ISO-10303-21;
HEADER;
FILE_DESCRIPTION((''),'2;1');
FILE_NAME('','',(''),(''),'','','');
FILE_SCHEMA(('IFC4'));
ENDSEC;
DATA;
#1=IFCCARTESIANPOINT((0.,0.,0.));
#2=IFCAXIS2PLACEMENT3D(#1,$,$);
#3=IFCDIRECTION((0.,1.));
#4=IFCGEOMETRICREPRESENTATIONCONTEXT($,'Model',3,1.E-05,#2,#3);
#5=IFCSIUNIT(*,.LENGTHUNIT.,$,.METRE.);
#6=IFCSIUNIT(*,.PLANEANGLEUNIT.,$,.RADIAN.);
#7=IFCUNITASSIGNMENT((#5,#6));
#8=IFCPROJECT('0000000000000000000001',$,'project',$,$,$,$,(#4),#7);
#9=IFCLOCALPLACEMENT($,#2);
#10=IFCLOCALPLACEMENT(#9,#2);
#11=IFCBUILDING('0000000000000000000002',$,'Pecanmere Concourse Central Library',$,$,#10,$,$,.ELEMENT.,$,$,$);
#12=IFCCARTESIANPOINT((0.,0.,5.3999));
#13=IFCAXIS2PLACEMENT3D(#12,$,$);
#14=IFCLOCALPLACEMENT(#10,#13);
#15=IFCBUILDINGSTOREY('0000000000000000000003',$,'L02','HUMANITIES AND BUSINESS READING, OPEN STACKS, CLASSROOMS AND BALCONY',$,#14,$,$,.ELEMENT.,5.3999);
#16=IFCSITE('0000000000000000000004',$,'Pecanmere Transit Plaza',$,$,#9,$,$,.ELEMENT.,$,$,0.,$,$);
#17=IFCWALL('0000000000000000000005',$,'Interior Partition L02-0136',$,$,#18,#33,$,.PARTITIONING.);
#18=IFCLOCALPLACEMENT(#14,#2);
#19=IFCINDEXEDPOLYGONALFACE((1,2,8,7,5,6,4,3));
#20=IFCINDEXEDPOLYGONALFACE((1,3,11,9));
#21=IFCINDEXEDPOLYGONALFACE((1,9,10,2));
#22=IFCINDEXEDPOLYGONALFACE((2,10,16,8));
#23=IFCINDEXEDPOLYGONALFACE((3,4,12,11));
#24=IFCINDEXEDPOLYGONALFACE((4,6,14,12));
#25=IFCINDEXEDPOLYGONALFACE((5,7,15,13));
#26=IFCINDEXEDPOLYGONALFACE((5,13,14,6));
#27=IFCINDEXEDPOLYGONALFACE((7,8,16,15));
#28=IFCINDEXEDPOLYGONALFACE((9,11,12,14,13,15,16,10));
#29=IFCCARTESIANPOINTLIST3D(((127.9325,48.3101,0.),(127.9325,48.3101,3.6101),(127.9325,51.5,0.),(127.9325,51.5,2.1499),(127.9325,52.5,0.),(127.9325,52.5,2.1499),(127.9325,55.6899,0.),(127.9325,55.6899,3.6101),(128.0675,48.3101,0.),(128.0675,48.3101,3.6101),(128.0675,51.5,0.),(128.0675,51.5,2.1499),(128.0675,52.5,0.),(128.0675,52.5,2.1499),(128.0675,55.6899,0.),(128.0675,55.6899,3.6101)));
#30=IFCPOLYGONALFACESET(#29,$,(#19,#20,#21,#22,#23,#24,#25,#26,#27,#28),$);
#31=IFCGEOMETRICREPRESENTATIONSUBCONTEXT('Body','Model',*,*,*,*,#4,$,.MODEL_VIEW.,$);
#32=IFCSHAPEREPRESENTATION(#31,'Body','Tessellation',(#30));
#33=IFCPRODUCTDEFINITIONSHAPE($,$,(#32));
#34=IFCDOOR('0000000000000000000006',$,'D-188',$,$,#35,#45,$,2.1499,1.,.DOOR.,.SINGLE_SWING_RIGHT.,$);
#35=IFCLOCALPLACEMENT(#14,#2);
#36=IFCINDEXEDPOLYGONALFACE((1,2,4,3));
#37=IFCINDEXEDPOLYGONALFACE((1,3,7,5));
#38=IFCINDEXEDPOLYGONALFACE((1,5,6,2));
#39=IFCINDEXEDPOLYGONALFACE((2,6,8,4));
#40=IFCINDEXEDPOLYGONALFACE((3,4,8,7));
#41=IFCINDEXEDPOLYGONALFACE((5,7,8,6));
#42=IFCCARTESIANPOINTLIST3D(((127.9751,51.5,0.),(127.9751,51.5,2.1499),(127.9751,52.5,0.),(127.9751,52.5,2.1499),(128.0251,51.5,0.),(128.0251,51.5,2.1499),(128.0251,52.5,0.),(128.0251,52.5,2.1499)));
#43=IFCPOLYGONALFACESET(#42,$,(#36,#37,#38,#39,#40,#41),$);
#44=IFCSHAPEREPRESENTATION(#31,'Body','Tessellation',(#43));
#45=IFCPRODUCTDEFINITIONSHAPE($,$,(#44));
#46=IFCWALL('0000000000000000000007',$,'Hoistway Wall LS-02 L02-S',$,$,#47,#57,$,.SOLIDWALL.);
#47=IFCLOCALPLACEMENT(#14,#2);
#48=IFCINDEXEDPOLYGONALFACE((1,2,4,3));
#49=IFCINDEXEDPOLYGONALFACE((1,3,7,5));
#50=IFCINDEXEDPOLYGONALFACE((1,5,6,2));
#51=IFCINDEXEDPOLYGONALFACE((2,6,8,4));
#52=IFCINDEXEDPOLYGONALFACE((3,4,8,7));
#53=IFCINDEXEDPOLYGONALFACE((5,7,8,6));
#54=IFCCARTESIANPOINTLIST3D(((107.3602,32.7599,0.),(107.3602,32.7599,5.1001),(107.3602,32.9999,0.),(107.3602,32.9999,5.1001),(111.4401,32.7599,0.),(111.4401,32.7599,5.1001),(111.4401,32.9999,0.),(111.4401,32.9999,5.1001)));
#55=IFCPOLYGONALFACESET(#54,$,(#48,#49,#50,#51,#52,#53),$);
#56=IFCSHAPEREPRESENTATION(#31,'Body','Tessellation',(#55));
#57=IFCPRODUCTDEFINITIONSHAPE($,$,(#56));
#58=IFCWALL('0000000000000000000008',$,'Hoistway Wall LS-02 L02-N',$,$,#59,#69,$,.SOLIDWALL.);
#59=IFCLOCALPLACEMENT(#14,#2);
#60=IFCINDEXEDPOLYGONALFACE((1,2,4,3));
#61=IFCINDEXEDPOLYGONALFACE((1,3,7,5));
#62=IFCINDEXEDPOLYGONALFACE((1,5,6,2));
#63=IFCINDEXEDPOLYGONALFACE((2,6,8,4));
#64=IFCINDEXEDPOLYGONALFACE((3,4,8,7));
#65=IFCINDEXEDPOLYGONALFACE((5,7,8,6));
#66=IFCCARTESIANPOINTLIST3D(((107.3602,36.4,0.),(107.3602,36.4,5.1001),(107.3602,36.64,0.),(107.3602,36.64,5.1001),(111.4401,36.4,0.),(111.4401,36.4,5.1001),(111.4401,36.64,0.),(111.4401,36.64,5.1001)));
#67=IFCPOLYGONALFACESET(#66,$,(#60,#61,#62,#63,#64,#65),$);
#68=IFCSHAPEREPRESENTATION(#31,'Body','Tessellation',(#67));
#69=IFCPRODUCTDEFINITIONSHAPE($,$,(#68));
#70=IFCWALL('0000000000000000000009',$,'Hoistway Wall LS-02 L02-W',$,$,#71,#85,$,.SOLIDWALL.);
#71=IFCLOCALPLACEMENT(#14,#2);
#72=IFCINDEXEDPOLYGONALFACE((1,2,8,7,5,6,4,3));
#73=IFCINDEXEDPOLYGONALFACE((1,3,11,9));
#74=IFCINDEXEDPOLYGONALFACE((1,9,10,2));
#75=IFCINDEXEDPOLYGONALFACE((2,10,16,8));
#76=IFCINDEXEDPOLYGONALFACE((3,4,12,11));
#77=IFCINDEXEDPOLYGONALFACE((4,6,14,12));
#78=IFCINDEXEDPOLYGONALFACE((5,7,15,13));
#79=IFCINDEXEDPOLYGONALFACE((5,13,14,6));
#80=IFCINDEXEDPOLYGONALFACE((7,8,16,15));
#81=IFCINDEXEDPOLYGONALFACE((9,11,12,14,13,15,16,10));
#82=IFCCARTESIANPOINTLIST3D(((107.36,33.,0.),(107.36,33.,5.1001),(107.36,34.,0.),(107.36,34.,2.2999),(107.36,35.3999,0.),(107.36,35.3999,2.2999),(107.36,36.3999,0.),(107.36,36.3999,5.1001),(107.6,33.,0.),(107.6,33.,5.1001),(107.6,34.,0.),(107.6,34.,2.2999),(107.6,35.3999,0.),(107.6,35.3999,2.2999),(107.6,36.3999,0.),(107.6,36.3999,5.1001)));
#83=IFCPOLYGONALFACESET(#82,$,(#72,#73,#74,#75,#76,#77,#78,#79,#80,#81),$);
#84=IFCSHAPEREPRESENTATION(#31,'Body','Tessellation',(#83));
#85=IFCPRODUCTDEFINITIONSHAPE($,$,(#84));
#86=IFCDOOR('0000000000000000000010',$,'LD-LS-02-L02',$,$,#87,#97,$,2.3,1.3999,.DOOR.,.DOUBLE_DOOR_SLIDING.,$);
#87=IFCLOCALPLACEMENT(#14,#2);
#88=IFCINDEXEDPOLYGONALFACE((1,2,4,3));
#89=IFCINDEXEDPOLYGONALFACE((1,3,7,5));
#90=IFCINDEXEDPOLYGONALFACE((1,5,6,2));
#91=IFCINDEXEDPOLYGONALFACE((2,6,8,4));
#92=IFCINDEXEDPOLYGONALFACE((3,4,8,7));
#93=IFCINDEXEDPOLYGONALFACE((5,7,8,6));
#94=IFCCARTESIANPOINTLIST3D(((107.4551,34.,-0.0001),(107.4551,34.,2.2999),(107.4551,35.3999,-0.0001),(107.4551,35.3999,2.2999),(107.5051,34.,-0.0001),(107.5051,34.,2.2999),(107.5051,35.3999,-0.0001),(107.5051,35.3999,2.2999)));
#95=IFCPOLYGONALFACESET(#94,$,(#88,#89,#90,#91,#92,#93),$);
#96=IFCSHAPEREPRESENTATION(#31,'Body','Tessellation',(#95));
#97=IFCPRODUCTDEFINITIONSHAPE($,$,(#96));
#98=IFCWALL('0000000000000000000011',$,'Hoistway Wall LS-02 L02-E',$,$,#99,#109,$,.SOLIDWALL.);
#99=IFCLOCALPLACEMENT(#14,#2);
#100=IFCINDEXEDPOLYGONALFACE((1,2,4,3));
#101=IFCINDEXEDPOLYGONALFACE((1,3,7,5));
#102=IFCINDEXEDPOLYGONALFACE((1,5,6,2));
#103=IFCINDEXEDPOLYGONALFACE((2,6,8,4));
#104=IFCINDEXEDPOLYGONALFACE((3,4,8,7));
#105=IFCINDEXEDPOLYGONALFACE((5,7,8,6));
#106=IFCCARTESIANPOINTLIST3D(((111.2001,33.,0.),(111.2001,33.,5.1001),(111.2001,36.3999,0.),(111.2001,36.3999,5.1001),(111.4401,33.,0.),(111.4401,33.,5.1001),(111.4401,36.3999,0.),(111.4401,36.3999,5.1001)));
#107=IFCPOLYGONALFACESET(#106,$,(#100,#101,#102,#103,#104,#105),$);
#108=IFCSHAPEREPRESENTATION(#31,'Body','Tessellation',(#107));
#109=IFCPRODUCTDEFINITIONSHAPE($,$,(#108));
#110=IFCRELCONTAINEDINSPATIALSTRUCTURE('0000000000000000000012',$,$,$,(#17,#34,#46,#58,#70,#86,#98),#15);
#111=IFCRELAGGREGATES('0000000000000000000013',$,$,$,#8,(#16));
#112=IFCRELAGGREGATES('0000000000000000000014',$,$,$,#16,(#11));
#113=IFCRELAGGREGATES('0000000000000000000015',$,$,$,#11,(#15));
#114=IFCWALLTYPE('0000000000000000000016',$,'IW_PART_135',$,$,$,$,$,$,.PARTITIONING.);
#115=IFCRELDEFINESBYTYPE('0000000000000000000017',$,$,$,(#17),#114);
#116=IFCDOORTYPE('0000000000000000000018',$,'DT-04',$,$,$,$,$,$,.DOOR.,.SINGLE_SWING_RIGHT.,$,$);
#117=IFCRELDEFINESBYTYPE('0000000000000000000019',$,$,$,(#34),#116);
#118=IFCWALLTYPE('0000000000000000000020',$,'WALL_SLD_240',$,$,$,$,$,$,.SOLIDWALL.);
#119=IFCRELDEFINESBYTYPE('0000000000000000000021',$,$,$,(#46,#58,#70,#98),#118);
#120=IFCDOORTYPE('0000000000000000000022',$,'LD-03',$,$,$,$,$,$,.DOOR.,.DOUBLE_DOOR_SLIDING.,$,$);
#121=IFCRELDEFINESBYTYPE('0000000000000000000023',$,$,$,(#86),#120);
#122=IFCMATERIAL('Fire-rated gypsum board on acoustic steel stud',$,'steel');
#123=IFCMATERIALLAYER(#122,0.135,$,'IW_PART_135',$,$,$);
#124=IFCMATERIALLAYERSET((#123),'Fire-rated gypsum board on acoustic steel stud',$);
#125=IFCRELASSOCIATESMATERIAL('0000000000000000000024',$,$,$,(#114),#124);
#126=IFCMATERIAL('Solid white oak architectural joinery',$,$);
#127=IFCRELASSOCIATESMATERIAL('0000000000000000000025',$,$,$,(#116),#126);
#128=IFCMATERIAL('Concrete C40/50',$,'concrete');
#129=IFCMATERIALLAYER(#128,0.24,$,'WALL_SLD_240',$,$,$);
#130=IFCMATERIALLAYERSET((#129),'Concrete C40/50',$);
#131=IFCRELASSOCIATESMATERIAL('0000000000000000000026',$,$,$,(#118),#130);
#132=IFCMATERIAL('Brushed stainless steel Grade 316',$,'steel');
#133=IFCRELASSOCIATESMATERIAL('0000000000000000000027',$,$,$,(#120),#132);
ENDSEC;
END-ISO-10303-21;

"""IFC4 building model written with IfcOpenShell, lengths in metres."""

from ifc_helpers import new_model, si_unit, direction, frame, frame_2d, origin, place, context, subcontext, project, spatial, rectangle, extrude, material, layer, layer_set, type_object, element, fill, save


model = new_model("IFC4")

# Units and contexts
model_context = context("Model", 3, precision=1e-05, world=origin(), true_north=direction((0.0, 1.0)))
body_context = subcontext(model_context, "Body", "Model", "MODEL_VIEW")
ifc_project = project(units=[si_unit("LENGTHUNIT", "METRE"), si_unit("PLANEANGLEUNIT", "RADIAN")], contexts=[model_context])

# Site, building, storey
site_placement = place(None, origin())
site = spatial("IfcSite", under=ifc_project, at=site_placement, Name="Pecanmere Transit Plaza", CompositionType="ELEMENT", RefElevation=0.0)
building_placement = place(site_placement, origin())
building = spatial("IfcBuilding", under=site, at=building_placement, Name="Pecanmere Concourse Central Library", CompositionType="ELEMENT")
storey_placement = place(building_placement, frame((0.0, 0.0, 5.3999)))
storey = spatial("IfcBuildingStorey", under=building, at=storey_placement, Name="L02", Description="HUMANITIES AND BUSINESS READING, OPEN STACKS, CLASSROOMS AND BALCONY", CompositionType="ELEMENT", Elevation=5.3999)

# Wall, opening, door
ifc_material_1 = material(Name="Fire-rated gypsum board on acoustic steel stud", Category="steel")
ifc_layer_1 = layer(ifc_material_1, 0.135, Name="IW_PART_135")
ifc_layer_set_1 = layer_set([ifc_layer_1], Name="Fire-rated gypsum board on acoustic steel stud")
wall_type_1 = type_object("IfcWallType", Name="IW_PART_135", PredefinedType="PARTITIONING", material=ifc_layer_set_1)
wall_1_placement = place(storey_placement, frame((128.0, 48.3101, 0.0), z_axis=(0.0, 0.0, 1.0), x_axis=(0.0, 1.0, 0.0)))
wall_1 = element("IfcWall", 1, at=wall_1_placement, inside=storey, type_object=wall_type_1, Name="Interior Partition L02-0136", PredefinedType="PARTITIONING", context=body_context, shape_type="SweptSolid", body=[
    extrude(rectangle(XDim=7.3799, YDim=0.135, at=frame_2d((3.6899, 0.0))), origin(), (0.0, 0.0, 1.0), 3.6101),
])
opening_1_placement = place(wall_1_placement, frame((3.1899, 0.0, 0.0)))
opening_1 = element("IfcOpeningElement", 2, at=opening_1_placement, cuts=wall_1, PredefinedType="OPENING", context=body_context, shape_type="SweptSolid", body=[
    extrude(rectangle(XDim=1.0, YDim=2.1499, at=frame_2d((0.5, 1.075))), frame((0.0, 0.0796, 0.0), z_axis=(0.0, -1.0, 0.0), x_axis=(1.0, 0.0, 0.0)), (0.0, 0.0, 1.0), 0.1589),
])
ifc_material_2 = material(Name="Solid white oak architectural joinery")
door_type_1 = type_object("IfcDoorType", Name="DT-04", OperationType="SINGLE_SWING_RIGHT", PredefinedType="DOOR", material=ifc_material_2)
door_1_placement = place(opening_1_placement, origin())
door_1 = element("IfcDoor", 3, at=door_1_placement, inside=storey, type_object=door_type_1, Name="D-188", OperationType="SINGLE_SWING_RIGHT", OverallHeight=2.1499, OverallWidth=1.0, PredefinedType="DOOR", context=body_context, shape_type="SweptSolid", body=[
    extrude(rectangle(XDim=1.0, YDim=2.1499, at=frame_2d((0.5, 1.075))), frame((0.0, 0.0249, 0.0), z_axis=(0.0, -1.0, 0.0), x_axis=(1.0, 0.0, 0.0)), (0.0, 0.0, 1.0), 0.05),
])
fill(opening_1, door_1)

# Walls
ifc_material_3 = material(Name="Concrete C40/50", Category="concrete")
ifc_layer_2 = layer(ifc_material_3, 0.24, Name="WALL_SLD_240")
ifc_layer_set_2 = layer_set([ifc_layer_2], Name="Concrete C40/50")
wall_type_2 = type_object("IfcWallType", Name="WALL_SLD_240", PredefinedType="SOLIDWALL", material=ifc_layer_set_2)
for number, where, z_axis, x_axis, name in (
    (4, (107.3601, 32.8799, 0.0), (0.0, 0.0, 1.0), (1.0, 0.0, 0.0), "Hoistway Wall LS-02 L02-S"),
    (5, (107.3601, 36.52, 0.0), (0.0, 0.0, 1.0), (1.0, 0.0, 0.0), "Hoistway Wall LS-02 L02-N"),
):
    element("IfcWall", number, at=place(storey_placement, frame(where, z_axis=z_axis, x_axis=x_axis)), inside=storey, type_object=wall_type_2, Name=name, PredefinedType="SOLIDWALL", context=body_context, shape_type="SweptSolid", body=[
        extrude(rectangle(XDim=4.0798, YDim=0.24, at=frame_2d((2.04, 0.0))), origin(), (0.0, 0.0, 1.0), 5.1001),
    ])

# Wall, opening, door
wall_2_placement = place(storey_placement, frame((107.48, 33.0, 0.0), z_axis=(0.0, 0.0, 1.0), x_axis=(0.0, 1.0, 0.0)))
wall_2 = element("IfcWall", 6, at=wall_2_placement, inside=storey, type_object=wall_type_2, Name="Hoistway Wall LS-02 L02-W", PredefinedType="SOLIDWALL", context=body_context, shape_type="SweptSolid", body=[
    extrude(rectangle(XDim=3.3999, YDim=0.24, at=frame_2d((1.7, 0.0))), origin(), (0.0, 0.0, 1.0), 5.1001),
])
opening_2_placement = place(wall_2_placement, frame((1.0, 0.0, 0.0)))
opening_2 = element("IfcOpeningElement", 7, at=opening_2_placement, cuts=wall_2, PredefinedType="OPENING", context=body_context, shape_type="SweptSolid", body=[
    extrude(rectangle(XDim=1.3999, YDim=2.3, at=frame_2d((0.7, 1.1499))), frame((0.0, 0.1318, 0.0), z_axis=(0.0, -1.0, 0.0), x_axis=(1.0, 0.0, 0.0)), (0.0, 0.0, 1.0), 0.2639),
])
ifc_material_4 = material(Name="Brushed stainless steel Grade 316", Category="steel")
door_type_2 = type_object("IfcDoorType", Name="LD-03", OperationType="DOUBLE_DOOR_SLIDING", PredefinedType="DOOR", material=ifc_material_4)
door_2_placement = place(opening_2_placement, origin())
door_2 = element("IfcDoor", 8, at=door_2_placement, inside=storey, type_object=door_type_2, Name="LD-LS-02-L02", OperationType="DOUBLE_DOOR_SLIDING", OverallHeight=2.3, OverallWidth=1.3999, PredefinedType="DOOR", context=body_context, shape_type="SweptSolid", body=[
    extrude(rectangle(XDim=1.3999, YDim=2.3, at=frame_2d((0.7, 1.1499))), frame((0.0, 0.0249, 0.0), z_axis=(0.0, -1.0, 0.0), x_axis=(1.0, 0.0, 0.0)), (0.0, 0.0, 1.0), 0.05),
])
fill(opening_2, door_2)

# Wall
wall_3_placement = place(storey_placement, frame((111.3201, 33.0, 0.0), z_axis=(0.0, 0.0, 1.0), x_axis=(0.0, 1.0, 0.0)))
element("IfcWall", 9, at=wall_3_placement, inside=storey, type_object=wall_type_2, Name="Hoistway Wall LS-02 L02-E", PredefinedType="SOLIDWALL", context=body_context, shape_type="SweptSolid", body=[
    extrude(rectangle(XDim=3.3999, YDim=0.24, at=frame_2d((1.7, 0.0))), origin(), (0.0, 0.0, 1.0), 5.1001),
])

save(model, "model.ifc")
